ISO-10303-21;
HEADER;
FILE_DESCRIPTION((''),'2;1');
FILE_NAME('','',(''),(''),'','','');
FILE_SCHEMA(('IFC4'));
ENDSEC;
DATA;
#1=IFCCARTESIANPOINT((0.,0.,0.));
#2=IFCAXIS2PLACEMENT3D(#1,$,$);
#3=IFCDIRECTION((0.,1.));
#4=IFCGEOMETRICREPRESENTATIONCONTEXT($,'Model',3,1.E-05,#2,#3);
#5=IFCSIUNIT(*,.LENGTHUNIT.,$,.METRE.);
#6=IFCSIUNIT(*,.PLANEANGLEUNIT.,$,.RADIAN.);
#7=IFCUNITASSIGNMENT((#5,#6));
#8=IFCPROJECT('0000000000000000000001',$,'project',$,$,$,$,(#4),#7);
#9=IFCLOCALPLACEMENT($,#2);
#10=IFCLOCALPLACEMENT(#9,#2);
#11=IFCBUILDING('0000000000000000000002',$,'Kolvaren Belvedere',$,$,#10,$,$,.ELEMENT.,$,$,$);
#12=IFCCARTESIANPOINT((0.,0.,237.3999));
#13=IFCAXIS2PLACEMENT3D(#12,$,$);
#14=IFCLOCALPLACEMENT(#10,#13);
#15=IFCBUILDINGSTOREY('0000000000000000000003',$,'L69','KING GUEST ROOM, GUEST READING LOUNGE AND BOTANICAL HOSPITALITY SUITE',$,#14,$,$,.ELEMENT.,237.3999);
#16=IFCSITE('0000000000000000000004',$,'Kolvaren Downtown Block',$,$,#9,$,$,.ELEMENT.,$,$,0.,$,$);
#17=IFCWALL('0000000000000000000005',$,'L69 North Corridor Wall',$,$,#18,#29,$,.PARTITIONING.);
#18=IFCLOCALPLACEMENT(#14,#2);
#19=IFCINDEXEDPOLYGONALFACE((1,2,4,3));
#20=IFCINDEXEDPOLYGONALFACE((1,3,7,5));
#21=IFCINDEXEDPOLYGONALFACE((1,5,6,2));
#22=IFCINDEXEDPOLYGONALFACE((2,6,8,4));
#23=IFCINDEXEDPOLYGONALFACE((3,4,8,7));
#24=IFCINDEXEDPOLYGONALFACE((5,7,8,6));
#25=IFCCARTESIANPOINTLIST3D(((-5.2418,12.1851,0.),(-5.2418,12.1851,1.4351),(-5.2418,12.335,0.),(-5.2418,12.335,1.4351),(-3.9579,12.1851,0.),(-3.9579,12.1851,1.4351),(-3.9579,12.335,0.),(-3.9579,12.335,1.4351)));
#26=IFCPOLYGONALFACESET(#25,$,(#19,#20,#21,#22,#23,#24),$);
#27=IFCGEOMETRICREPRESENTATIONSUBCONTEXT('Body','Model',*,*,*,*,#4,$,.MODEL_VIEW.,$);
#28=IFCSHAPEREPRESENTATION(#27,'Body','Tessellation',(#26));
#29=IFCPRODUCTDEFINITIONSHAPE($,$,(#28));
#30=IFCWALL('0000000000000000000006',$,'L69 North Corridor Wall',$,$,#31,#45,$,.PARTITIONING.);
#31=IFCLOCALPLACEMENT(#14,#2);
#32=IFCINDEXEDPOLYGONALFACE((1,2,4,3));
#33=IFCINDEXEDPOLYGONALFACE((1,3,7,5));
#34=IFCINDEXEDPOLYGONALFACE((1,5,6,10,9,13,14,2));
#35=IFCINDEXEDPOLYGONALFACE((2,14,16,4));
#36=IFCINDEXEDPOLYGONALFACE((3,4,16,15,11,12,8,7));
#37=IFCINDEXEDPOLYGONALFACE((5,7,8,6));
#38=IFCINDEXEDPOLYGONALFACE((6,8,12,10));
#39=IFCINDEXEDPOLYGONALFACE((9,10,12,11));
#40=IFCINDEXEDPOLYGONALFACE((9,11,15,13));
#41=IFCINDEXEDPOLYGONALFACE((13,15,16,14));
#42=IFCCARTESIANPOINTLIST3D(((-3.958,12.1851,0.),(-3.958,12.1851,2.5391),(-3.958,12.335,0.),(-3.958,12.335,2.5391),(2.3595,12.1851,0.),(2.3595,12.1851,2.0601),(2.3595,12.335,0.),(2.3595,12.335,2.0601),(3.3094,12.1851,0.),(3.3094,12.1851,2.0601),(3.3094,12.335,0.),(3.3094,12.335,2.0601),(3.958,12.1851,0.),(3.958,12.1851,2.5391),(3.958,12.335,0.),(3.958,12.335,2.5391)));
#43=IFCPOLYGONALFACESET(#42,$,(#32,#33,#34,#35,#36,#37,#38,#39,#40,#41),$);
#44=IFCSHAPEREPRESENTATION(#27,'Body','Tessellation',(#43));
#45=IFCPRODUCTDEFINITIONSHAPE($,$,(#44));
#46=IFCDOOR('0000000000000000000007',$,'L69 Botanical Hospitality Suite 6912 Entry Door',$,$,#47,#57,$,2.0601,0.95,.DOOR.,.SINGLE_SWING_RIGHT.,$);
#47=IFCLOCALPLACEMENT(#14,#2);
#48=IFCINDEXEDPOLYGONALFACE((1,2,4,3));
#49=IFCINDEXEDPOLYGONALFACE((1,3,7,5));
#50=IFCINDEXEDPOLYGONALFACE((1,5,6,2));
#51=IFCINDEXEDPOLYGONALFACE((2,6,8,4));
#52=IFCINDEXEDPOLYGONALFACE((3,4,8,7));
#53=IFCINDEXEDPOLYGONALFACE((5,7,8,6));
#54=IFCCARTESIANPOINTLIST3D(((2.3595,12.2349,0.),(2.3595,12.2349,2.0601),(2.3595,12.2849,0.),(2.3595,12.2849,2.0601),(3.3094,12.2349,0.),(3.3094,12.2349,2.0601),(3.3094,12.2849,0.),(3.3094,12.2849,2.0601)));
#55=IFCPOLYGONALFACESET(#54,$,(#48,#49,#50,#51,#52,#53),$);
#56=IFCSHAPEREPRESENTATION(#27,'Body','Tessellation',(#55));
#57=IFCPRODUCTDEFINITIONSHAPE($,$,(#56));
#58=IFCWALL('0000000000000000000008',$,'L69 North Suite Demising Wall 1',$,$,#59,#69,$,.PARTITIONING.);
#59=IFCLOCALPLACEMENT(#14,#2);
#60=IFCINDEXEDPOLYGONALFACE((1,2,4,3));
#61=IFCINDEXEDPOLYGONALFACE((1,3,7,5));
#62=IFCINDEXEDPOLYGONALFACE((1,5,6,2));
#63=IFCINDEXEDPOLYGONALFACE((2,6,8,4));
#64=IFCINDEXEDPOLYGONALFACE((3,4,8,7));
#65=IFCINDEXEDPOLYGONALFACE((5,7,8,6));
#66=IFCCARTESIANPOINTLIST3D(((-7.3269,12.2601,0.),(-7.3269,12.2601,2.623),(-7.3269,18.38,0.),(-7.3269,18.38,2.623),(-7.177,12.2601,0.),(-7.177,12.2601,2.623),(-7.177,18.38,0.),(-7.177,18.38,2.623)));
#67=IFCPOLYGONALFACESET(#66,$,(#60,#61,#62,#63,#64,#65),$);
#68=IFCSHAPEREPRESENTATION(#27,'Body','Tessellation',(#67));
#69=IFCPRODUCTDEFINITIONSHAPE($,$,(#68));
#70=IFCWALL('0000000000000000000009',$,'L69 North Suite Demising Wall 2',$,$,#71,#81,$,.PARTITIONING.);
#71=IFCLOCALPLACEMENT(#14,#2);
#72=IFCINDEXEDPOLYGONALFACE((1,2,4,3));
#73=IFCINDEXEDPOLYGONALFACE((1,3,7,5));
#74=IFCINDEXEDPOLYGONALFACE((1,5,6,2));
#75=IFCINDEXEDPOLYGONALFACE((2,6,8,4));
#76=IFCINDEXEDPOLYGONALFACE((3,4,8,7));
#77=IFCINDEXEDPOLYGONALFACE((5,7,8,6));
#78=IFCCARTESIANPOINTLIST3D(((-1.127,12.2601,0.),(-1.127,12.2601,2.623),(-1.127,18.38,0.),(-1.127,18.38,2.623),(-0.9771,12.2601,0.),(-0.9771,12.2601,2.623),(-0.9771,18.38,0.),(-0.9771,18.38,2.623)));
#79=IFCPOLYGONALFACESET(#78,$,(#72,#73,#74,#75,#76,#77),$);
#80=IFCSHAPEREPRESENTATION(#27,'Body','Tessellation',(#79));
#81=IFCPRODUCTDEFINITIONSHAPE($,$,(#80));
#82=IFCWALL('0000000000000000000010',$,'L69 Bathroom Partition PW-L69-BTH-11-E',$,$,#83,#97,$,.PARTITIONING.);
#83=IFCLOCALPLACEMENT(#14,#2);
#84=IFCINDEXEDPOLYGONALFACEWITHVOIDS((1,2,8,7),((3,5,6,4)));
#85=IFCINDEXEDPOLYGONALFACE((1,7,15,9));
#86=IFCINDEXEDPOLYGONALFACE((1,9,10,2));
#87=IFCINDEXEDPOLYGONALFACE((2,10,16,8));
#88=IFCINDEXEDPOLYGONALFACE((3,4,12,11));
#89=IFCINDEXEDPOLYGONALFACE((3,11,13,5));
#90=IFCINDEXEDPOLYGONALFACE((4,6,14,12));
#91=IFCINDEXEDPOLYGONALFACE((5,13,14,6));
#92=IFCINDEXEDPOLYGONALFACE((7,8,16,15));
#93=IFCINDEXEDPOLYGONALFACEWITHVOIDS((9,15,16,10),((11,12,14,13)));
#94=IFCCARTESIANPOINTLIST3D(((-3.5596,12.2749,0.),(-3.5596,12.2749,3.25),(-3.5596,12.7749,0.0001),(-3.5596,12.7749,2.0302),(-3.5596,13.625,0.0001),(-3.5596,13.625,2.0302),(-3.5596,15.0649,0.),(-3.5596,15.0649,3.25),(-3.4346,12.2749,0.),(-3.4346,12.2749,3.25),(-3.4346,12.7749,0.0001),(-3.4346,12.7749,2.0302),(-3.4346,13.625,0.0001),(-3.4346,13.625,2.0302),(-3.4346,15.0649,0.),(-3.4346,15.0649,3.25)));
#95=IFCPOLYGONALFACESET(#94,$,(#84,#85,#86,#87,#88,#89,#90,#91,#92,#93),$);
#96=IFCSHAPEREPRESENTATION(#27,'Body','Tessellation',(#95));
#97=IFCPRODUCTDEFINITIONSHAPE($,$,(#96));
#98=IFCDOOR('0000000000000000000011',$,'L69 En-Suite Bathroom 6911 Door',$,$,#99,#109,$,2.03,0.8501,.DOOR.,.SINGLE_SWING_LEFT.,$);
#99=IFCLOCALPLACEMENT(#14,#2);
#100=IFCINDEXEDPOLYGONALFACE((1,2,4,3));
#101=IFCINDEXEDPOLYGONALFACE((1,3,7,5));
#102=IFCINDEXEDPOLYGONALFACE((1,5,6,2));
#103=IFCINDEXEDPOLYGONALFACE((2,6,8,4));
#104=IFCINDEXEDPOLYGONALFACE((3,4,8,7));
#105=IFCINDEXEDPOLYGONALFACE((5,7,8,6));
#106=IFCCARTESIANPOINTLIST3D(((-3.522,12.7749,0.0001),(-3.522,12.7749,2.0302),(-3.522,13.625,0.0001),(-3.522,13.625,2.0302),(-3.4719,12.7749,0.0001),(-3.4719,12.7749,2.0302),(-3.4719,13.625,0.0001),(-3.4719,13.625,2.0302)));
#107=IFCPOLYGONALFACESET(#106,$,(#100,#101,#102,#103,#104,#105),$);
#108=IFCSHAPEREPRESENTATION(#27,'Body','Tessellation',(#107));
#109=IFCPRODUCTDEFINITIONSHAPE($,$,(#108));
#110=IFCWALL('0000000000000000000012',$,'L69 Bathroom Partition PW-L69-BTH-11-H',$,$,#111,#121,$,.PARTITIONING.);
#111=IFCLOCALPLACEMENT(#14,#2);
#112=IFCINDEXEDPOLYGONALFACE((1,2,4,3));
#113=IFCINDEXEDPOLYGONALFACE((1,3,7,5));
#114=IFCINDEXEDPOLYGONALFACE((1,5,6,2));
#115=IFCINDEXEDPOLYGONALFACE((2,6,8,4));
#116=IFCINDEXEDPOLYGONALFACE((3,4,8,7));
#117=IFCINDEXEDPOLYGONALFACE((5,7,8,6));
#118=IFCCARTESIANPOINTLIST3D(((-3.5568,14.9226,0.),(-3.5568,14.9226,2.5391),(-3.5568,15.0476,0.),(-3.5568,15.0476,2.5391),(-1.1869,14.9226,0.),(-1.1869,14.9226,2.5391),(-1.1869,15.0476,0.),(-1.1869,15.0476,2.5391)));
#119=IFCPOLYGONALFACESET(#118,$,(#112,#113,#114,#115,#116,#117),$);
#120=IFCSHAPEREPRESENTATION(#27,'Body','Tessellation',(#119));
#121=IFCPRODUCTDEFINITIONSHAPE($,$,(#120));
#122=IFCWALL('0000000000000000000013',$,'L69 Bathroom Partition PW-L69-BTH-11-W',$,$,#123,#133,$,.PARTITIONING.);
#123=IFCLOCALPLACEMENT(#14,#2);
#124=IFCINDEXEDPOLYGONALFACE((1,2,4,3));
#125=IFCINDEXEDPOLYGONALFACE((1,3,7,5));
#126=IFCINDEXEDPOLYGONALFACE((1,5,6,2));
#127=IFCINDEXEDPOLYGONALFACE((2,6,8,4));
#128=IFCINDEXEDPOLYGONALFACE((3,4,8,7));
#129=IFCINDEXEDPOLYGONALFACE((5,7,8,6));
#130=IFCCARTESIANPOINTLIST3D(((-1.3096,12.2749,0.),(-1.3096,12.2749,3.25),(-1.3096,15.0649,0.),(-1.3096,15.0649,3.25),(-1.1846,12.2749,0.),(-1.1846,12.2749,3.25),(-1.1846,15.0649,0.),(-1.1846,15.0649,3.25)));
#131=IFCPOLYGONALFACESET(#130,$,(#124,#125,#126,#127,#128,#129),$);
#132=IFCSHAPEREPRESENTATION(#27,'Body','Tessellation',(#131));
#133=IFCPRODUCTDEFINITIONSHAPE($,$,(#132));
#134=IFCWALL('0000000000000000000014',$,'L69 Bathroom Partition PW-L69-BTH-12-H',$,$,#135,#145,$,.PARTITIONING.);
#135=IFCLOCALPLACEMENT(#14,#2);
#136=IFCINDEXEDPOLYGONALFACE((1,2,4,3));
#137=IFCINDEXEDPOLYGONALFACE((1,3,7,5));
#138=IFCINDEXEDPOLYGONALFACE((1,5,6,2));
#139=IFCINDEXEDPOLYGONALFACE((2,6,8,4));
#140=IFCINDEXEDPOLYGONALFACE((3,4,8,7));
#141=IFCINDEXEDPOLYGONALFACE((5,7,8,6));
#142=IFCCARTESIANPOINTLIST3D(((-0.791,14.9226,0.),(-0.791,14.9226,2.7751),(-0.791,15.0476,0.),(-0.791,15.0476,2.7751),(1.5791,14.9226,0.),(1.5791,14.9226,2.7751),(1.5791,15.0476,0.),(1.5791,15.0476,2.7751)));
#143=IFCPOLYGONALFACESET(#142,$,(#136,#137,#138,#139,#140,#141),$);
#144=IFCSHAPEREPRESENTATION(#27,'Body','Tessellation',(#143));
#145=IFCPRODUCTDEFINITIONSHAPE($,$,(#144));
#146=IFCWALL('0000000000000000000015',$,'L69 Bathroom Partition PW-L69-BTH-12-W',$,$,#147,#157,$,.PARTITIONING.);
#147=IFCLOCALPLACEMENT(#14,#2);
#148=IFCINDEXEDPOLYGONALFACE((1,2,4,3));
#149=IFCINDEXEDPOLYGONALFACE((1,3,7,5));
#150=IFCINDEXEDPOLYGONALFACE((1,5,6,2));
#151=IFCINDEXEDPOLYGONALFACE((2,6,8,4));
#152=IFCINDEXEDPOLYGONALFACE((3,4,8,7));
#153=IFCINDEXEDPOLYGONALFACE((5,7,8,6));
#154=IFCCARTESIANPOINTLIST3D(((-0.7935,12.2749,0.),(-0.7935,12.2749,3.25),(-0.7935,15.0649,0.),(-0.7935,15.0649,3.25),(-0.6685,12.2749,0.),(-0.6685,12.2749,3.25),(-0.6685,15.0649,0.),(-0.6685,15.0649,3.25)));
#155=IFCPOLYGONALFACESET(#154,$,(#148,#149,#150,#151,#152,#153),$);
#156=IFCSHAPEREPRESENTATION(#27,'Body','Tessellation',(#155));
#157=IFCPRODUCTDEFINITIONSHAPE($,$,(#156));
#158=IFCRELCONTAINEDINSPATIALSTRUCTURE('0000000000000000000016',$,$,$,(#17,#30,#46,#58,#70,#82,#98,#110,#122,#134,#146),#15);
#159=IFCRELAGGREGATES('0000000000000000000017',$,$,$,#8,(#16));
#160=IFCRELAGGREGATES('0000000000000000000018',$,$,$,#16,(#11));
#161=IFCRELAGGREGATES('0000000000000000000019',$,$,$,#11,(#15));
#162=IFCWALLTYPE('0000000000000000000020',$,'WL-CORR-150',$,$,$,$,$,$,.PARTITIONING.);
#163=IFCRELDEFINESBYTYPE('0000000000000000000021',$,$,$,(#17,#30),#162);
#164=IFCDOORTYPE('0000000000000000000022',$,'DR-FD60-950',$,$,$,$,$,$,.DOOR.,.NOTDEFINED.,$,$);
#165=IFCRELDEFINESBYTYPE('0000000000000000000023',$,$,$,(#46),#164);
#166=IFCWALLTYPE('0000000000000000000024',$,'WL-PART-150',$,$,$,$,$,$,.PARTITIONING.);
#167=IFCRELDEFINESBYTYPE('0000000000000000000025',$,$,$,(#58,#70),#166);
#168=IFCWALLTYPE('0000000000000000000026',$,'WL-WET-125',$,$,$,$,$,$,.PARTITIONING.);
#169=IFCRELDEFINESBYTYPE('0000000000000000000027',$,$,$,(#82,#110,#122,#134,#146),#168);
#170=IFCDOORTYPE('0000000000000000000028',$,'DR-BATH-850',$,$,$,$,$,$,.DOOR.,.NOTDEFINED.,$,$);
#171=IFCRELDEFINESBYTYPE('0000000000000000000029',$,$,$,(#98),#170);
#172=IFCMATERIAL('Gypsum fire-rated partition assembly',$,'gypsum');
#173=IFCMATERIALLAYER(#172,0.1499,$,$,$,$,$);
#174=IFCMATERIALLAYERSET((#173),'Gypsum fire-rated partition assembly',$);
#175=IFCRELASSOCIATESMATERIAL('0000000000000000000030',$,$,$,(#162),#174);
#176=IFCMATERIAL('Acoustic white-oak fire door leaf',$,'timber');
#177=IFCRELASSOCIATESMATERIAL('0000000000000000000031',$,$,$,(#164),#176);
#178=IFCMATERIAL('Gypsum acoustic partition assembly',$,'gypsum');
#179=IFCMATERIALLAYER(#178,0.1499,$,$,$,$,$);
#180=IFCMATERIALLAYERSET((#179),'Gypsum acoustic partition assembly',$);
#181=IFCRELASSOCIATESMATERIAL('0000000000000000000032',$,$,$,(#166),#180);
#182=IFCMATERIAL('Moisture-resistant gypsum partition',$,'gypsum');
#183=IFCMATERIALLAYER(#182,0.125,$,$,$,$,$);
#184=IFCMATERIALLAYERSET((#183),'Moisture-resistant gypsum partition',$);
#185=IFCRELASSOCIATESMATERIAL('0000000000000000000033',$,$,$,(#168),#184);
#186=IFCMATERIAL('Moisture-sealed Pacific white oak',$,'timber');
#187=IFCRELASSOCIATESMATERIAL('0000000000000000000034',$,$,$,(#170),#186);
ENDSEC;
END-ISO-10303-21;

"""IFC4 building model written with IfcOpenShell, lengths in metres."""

from ifc_helpers import new_model, si_unit, direction, frame, frame_2d, origin, place, context, subcontext, project, spatial, rectangle, extrude, material, layer, layer_set, type_object, element, fill, save


model = new_model("IFC4")

# Units and contexts
model_context = context("Model", 3, precision=1e-05, world=origin(), true_north=direction((0.0, 1.0)))
body_context = subcontext(model_context, "Body", "Model", "MODEL_VIEW")
ifc_project = project(units=[si_unit("LENGTHUNIT", "METRE"), si_unit("PLANEANGLEUNIT", "RADIAN")], contexts=[model_context])

# Site, building, storey
site_placement = place(None, origin())
site = spatial("IfcSite", under=ifc_project, at=site_placement, Name="Kolvaren Downtown Block", CompositionType="ELEMENT", RefElevation=0.0)
building_placement = place(site_placement, origin())
building = spatial("IfcBuilding", under=site, at=building_placement, Name="Kolvaren Belvedere", CompositionType="ELEMENT")
storey_placement = place(building_placement, frame((0.0, 0.0, 237.3999)))
storey = spatial("IfcBuildingStorey", under=building, at=storey_placement, Name="L69", Description="KING GUEST ROOM, GUEST READING LOUNGE AND BOTANICAL HOSPITALITY SUITE", CompositionType="ELEMENT", Elevation=237.3999)

# Shared definitions
ifc_material_1 = material(Name="Gypsum fire-rated partition assembly", Category="gypsum")
ifc_layer_1 = layer(ifc_material_1, 0.1499)
ifc_layer_set_1 = layer_set([ifc_layer_1], Name="Gypsum fire-rated partition assembly")
wall_type_1 = type_object("IfcWallType", Name="WL-CORR-150", PredefinedType="PARTITIONING", material=ifc_layer_set_1)
ifc_material_2 = material(Name="Acoustic white-oak fire door leaf", Category="timber")
door_type_1 = type_object("IfcDoorType", Name="DR-FD60-950", OperationType="NOTDEFINED", PredefinedType="DOOR", material=ifc_material_2)

# Wall
wall_1_placement = place(storey_placement, frame((-5.2419, 12.26, 0.0), z_axis=(0.0, 0.0, 1.0), x_axis=(1.0, 0.0, 0.0)))
element("IfcWall", 1, at=wall_1_placement, inside=storey, type_object=wall_type_1, Name="L69 North Corridor Wall", PredefinedType="PARTITIONING", context=body_context, shape_type="SweptSolid", body=[
    extrude(rectangle(XDim=1.2839, YDim=0.1499, at=frame_2d((0.6421, 0.0))), origin(), (0.0, 0.0, 1.0), 1.4351),
])

# Wall, opening, door
wall_2_placement = place(storey_placement, frame((-3.958, 12.26, 0.0), z_axis=(0.0, 0.0, 1.0), x_axis=(1.0, 0.0, 0.0)))
wall_2 = element("IfcWall", 2, at=wall_2_placement, inside=storey, type_object=wall_type_1, Name="L69 North Corridor Wall", PredefinedType="PARTITIONING", context=body_context, shape_type="SweptSolid", body=[
    extrude(rectangle(XDim=7.916, YDim=0.1499, at=frame_2d((3.958, 0.0))), origin(), (0.0, 0.0, 1.0), 2.5391),
])
opening_1_placement = place(wall_2_placement, frame((6.3174, 0.0, 0.0)))
opening_1 = element("IfcOpeningElement", 3, at=opening_1_placement, cuts=wall_2, PredefinedType="OPENING", context=body_context, shape_type="SweptSolid", body=[
    extrude(rectangle(XDim=0.95, YDim=2.0601, at=frame_2d((0.4751, 1.03))), frame((0.0, 0.085, 0.0), z_axis=(0.0, -1.0, 0.0), x_axis=(1.0, 0.0, 0.0)), (0.0, 0.0, 1.0), 0.1699),
])
door_1_placement = place(opening_1_placement, origin())
door_1 = element("IfcDoor", 4, at=door_1_placement, inside=storey, type_object=door_type_1, Name="L69 Botanical Hospitality Suite 6912 Entry Door", OperationType="SINGLE_SWING_RIGHT", OverallHeight=2.0601, OverallWidth=0.95, PredefinedType="DOOR", context=body_context, shape_type="SweptSolid", body=[
    extrude(rectangle(XDim=0.95, YDim=2.0601, at=frame_2d((0.4751, 1.03))), frame((0.0, 0.0249, 0.0), z_axis=(0.0, -1.0, 0.0), x_axis=(1.0, 0.0, 0.0)), (0.0, 0.0, 1.0), 0.05),
])
fill(opening_1, door_1)

# Walls
ifc_material_3 = material(Name="Gypsum acoustic partition assembly", Category="gypsum")
ifc_layer_2 = layer(ifc_material_3, 0.1499)
ifc_layer_set_2 = layer_set([ifc_layer_2], Name="Gypsum acoustic partition assembly")
wall_type_2 = type_object("IfcWallType", Name="WL-PART-150", PredefinedType="PARTITIONING", material=ifc_layer_set_2)
for number, where, z_axis, x_axis, name in (
    (5, (-7.252, 12.26, 0.0), (0.0, 0.0, 1.0), (0.0, 1.0, 0.0), "L69 North Suite Demising Wall 1"),
    (6, (-1.052, 12.26, 0.0), (0.0, 0.0, 1.0), (0.0, 1.0, 0.0), "L69 North Suite Demising Wall 2"),
):
    element("IfcWall", number, at=place(storey_placement, frame(where, z_axis=z_axis, x_axis=x_axis)), inside=storey, type_object=wall_type_2, Name=name, PredefinedType="PARTITIONING", context=body_context, shape_type="SweptSolid", body=[
        extrude(rectangle(XDim=6.1199, YDim=0.1499, at=frame_2d((3.0601, 0.0))), origin(), (0.0, 0.0, 1.0), 2.623),
    ])

# Wall, opening, door
ifc_material_4 = material(Name="Moisture-resistant gypsum partition", Category="gypsum")
ifc_layer_3 = layer(ifc_material_4, 0.125)
ifc_layer_set_3 = layer_set([ifc_layer_3], Name="Moisture-resistant gypsum partition")
wall_type_3 = type_object("IfcWallType", Name="WL-WET-125", PredefinedType="PARTITIONING", material=ifc_layer_set_3)
wall_3_placement = place(storey_placement, frame((-3.4971, 12.2749, 0.0), z_axis=(0.0, 0.0, 1.0), x_axis=(0.0, 1.0, 0.0)))
wall_3 = element("IfcWall", 7, at=wall_3_placement, inside=storey, type_object=wall_type_3, Name="L69 Bathroom Partition PW-L69-BTH-11-E", PredefinedType="PARTITIONING", context=body_context, shape_type="SweptSolid", body=[
    extrude(rectangle(XDim=2.79, YDim=0.125, at=frame_2d((1.395, 0.0))), origin(), (0.0, 0.0, 1.0), 3.25),
])
opening_2_placement = place(wall_3_placement, frame((0.5, 0.0, 0.0)))
opening_2 = element("IfcOpeningElement", 8, at=opening_2_placement, cuts=wall_3, PredefinedType="OPENING", context=body_context, shape_type="SweptSolid", body=[
    extrude(rectangle(XDim=0.8501, YDim=2.03, at=frame_2d((0.425, 1.0151))), frame((0.0, 0.0725, 0.0), z_axis=(0.0, -1.0, 0.0), x_axis=(1.0, 0.0, 0.0)), (0.0, 0.0, 1.0), 0.145),
])
ifc_material_5 = material(Name="Moisture-sealed Pacific white oak", Category="timber")
door_type_2 = type_object("IfcDoorType", Name="DR-BATH-850", OperationType="NOTDEFINED", PredefinedType="DOOR", material=ifc_material_5)
door_2_placement = place(opening_2_placement, origin())
door_2 = element("IfcDoor", 9, at=door_2_placement, inside=storey, type_object=door_type_2, Name="L69 En-Suite Bathroom 6911 Door", OperationType="SINGLE_SWING_LEFT", OverallHeight=2.03, OverallWidth=0.8501, PredefinedType="DOOR", context=body_context, shape_type="SweptSolid", body=[
    extrude(rectangle(XDim=0.8501, YDim=2.03, at=frame_2d((0.425, 1.0151))), frame((0.0, 0.0249, 0.0), z_axis=(0.0, -1.0, 0.0), x_axis=(1.0, 0.0, 0.0)), (0.0, 0.0, 1.0), 0.05),
])
fill(opening_2, door_2)

# Walls
wall_4_placement = place(storey_placement, frame((-3.5569, 14.9851, 0.0), z_axis=(0.0, 0.0, 1.0), x_axis=(1.0, 0.0, 0.0)))
element("IfcWall", 10, at=wall_4_placement, inside=storey, type_object=wall_type_3, Name="L69 Bathroom Partition PW-L69-BTH-11-H", PredefinedType="PARTITIONING", context=body_context, shape_type="SweptSolid", body=[
    extrude(rectangle(XDim=2.3699, YDim=0.125, at=frame_2d((1.1851, 0.0))), origin(), (0.0, 0.0, 1.0), 2.5391),
])
wall_5_placement = place(storey_placement, frame((-1.2471, 12.2749, 0.0), z_axis=(0.0, 0.0, 1.0), x_axis=(0.0, 1.0, 0.0)))
element("IfcWall", 11, at=wall_5_placement, inside=storey, type_object=wall_type_3, Name="L69 Bathroom Partition PW-L69-BTH-11-W", PredefinedType="PARTITIONING", context=body_context, shape_type="SweptSolid", body=[
    extrude(rectangle(XDim=2.79, YDim=0.125, at=frame_2d((1.395, 0.0))), origin(), (0.0, 0.0, 1.0), 3.25),
])
wall_6_placement = place(storey_placement, frame((-0.791, 14.9851, 0.0), z_axis=(0.0, 0.0, 1.0), x_axis=(1.0, 0.0, 0.0)))
element("IfcWall", 12, at=wall_6_placement, inside=storey, type_object=wall_type_3, Name="L69 Bathroom Partition PW-L69-BTH-12-H", PredefinedType="PARTITIONING", context=body_context, shape_type="SweptSolid", body=[
    extrude(rectangle(XDim=2.3701, YDim=0.125, at=frame_2d((1.1851, 0.0))), origin(), (0.0, 0.0, 1.0), 2.7751),
])
wall_7_placement = place(storey_placement, frame((-0.731, 12.2749, 0.0), z_axis=(0.0, 0.0, 1.0), x_axis=(0.0, 1.0, 0.0)))
element("IfcWall", 13, at=wall_7_placement, inside=storey, type_object=wall_type_3, Name="L69 Bathroom Partition PW-L69-BTH-12-W", PredefinedType="PARTITIONING", context=body_context, shape_type="SweptSolid", body=[
    extrude(rectangle(XDim=2.79, YDim=0.125, at=frame_2d((1.395, 0.0))), origin(), (0.0, 0.0, 1.0), 3.25),
])

save(model, "model.ifc")
